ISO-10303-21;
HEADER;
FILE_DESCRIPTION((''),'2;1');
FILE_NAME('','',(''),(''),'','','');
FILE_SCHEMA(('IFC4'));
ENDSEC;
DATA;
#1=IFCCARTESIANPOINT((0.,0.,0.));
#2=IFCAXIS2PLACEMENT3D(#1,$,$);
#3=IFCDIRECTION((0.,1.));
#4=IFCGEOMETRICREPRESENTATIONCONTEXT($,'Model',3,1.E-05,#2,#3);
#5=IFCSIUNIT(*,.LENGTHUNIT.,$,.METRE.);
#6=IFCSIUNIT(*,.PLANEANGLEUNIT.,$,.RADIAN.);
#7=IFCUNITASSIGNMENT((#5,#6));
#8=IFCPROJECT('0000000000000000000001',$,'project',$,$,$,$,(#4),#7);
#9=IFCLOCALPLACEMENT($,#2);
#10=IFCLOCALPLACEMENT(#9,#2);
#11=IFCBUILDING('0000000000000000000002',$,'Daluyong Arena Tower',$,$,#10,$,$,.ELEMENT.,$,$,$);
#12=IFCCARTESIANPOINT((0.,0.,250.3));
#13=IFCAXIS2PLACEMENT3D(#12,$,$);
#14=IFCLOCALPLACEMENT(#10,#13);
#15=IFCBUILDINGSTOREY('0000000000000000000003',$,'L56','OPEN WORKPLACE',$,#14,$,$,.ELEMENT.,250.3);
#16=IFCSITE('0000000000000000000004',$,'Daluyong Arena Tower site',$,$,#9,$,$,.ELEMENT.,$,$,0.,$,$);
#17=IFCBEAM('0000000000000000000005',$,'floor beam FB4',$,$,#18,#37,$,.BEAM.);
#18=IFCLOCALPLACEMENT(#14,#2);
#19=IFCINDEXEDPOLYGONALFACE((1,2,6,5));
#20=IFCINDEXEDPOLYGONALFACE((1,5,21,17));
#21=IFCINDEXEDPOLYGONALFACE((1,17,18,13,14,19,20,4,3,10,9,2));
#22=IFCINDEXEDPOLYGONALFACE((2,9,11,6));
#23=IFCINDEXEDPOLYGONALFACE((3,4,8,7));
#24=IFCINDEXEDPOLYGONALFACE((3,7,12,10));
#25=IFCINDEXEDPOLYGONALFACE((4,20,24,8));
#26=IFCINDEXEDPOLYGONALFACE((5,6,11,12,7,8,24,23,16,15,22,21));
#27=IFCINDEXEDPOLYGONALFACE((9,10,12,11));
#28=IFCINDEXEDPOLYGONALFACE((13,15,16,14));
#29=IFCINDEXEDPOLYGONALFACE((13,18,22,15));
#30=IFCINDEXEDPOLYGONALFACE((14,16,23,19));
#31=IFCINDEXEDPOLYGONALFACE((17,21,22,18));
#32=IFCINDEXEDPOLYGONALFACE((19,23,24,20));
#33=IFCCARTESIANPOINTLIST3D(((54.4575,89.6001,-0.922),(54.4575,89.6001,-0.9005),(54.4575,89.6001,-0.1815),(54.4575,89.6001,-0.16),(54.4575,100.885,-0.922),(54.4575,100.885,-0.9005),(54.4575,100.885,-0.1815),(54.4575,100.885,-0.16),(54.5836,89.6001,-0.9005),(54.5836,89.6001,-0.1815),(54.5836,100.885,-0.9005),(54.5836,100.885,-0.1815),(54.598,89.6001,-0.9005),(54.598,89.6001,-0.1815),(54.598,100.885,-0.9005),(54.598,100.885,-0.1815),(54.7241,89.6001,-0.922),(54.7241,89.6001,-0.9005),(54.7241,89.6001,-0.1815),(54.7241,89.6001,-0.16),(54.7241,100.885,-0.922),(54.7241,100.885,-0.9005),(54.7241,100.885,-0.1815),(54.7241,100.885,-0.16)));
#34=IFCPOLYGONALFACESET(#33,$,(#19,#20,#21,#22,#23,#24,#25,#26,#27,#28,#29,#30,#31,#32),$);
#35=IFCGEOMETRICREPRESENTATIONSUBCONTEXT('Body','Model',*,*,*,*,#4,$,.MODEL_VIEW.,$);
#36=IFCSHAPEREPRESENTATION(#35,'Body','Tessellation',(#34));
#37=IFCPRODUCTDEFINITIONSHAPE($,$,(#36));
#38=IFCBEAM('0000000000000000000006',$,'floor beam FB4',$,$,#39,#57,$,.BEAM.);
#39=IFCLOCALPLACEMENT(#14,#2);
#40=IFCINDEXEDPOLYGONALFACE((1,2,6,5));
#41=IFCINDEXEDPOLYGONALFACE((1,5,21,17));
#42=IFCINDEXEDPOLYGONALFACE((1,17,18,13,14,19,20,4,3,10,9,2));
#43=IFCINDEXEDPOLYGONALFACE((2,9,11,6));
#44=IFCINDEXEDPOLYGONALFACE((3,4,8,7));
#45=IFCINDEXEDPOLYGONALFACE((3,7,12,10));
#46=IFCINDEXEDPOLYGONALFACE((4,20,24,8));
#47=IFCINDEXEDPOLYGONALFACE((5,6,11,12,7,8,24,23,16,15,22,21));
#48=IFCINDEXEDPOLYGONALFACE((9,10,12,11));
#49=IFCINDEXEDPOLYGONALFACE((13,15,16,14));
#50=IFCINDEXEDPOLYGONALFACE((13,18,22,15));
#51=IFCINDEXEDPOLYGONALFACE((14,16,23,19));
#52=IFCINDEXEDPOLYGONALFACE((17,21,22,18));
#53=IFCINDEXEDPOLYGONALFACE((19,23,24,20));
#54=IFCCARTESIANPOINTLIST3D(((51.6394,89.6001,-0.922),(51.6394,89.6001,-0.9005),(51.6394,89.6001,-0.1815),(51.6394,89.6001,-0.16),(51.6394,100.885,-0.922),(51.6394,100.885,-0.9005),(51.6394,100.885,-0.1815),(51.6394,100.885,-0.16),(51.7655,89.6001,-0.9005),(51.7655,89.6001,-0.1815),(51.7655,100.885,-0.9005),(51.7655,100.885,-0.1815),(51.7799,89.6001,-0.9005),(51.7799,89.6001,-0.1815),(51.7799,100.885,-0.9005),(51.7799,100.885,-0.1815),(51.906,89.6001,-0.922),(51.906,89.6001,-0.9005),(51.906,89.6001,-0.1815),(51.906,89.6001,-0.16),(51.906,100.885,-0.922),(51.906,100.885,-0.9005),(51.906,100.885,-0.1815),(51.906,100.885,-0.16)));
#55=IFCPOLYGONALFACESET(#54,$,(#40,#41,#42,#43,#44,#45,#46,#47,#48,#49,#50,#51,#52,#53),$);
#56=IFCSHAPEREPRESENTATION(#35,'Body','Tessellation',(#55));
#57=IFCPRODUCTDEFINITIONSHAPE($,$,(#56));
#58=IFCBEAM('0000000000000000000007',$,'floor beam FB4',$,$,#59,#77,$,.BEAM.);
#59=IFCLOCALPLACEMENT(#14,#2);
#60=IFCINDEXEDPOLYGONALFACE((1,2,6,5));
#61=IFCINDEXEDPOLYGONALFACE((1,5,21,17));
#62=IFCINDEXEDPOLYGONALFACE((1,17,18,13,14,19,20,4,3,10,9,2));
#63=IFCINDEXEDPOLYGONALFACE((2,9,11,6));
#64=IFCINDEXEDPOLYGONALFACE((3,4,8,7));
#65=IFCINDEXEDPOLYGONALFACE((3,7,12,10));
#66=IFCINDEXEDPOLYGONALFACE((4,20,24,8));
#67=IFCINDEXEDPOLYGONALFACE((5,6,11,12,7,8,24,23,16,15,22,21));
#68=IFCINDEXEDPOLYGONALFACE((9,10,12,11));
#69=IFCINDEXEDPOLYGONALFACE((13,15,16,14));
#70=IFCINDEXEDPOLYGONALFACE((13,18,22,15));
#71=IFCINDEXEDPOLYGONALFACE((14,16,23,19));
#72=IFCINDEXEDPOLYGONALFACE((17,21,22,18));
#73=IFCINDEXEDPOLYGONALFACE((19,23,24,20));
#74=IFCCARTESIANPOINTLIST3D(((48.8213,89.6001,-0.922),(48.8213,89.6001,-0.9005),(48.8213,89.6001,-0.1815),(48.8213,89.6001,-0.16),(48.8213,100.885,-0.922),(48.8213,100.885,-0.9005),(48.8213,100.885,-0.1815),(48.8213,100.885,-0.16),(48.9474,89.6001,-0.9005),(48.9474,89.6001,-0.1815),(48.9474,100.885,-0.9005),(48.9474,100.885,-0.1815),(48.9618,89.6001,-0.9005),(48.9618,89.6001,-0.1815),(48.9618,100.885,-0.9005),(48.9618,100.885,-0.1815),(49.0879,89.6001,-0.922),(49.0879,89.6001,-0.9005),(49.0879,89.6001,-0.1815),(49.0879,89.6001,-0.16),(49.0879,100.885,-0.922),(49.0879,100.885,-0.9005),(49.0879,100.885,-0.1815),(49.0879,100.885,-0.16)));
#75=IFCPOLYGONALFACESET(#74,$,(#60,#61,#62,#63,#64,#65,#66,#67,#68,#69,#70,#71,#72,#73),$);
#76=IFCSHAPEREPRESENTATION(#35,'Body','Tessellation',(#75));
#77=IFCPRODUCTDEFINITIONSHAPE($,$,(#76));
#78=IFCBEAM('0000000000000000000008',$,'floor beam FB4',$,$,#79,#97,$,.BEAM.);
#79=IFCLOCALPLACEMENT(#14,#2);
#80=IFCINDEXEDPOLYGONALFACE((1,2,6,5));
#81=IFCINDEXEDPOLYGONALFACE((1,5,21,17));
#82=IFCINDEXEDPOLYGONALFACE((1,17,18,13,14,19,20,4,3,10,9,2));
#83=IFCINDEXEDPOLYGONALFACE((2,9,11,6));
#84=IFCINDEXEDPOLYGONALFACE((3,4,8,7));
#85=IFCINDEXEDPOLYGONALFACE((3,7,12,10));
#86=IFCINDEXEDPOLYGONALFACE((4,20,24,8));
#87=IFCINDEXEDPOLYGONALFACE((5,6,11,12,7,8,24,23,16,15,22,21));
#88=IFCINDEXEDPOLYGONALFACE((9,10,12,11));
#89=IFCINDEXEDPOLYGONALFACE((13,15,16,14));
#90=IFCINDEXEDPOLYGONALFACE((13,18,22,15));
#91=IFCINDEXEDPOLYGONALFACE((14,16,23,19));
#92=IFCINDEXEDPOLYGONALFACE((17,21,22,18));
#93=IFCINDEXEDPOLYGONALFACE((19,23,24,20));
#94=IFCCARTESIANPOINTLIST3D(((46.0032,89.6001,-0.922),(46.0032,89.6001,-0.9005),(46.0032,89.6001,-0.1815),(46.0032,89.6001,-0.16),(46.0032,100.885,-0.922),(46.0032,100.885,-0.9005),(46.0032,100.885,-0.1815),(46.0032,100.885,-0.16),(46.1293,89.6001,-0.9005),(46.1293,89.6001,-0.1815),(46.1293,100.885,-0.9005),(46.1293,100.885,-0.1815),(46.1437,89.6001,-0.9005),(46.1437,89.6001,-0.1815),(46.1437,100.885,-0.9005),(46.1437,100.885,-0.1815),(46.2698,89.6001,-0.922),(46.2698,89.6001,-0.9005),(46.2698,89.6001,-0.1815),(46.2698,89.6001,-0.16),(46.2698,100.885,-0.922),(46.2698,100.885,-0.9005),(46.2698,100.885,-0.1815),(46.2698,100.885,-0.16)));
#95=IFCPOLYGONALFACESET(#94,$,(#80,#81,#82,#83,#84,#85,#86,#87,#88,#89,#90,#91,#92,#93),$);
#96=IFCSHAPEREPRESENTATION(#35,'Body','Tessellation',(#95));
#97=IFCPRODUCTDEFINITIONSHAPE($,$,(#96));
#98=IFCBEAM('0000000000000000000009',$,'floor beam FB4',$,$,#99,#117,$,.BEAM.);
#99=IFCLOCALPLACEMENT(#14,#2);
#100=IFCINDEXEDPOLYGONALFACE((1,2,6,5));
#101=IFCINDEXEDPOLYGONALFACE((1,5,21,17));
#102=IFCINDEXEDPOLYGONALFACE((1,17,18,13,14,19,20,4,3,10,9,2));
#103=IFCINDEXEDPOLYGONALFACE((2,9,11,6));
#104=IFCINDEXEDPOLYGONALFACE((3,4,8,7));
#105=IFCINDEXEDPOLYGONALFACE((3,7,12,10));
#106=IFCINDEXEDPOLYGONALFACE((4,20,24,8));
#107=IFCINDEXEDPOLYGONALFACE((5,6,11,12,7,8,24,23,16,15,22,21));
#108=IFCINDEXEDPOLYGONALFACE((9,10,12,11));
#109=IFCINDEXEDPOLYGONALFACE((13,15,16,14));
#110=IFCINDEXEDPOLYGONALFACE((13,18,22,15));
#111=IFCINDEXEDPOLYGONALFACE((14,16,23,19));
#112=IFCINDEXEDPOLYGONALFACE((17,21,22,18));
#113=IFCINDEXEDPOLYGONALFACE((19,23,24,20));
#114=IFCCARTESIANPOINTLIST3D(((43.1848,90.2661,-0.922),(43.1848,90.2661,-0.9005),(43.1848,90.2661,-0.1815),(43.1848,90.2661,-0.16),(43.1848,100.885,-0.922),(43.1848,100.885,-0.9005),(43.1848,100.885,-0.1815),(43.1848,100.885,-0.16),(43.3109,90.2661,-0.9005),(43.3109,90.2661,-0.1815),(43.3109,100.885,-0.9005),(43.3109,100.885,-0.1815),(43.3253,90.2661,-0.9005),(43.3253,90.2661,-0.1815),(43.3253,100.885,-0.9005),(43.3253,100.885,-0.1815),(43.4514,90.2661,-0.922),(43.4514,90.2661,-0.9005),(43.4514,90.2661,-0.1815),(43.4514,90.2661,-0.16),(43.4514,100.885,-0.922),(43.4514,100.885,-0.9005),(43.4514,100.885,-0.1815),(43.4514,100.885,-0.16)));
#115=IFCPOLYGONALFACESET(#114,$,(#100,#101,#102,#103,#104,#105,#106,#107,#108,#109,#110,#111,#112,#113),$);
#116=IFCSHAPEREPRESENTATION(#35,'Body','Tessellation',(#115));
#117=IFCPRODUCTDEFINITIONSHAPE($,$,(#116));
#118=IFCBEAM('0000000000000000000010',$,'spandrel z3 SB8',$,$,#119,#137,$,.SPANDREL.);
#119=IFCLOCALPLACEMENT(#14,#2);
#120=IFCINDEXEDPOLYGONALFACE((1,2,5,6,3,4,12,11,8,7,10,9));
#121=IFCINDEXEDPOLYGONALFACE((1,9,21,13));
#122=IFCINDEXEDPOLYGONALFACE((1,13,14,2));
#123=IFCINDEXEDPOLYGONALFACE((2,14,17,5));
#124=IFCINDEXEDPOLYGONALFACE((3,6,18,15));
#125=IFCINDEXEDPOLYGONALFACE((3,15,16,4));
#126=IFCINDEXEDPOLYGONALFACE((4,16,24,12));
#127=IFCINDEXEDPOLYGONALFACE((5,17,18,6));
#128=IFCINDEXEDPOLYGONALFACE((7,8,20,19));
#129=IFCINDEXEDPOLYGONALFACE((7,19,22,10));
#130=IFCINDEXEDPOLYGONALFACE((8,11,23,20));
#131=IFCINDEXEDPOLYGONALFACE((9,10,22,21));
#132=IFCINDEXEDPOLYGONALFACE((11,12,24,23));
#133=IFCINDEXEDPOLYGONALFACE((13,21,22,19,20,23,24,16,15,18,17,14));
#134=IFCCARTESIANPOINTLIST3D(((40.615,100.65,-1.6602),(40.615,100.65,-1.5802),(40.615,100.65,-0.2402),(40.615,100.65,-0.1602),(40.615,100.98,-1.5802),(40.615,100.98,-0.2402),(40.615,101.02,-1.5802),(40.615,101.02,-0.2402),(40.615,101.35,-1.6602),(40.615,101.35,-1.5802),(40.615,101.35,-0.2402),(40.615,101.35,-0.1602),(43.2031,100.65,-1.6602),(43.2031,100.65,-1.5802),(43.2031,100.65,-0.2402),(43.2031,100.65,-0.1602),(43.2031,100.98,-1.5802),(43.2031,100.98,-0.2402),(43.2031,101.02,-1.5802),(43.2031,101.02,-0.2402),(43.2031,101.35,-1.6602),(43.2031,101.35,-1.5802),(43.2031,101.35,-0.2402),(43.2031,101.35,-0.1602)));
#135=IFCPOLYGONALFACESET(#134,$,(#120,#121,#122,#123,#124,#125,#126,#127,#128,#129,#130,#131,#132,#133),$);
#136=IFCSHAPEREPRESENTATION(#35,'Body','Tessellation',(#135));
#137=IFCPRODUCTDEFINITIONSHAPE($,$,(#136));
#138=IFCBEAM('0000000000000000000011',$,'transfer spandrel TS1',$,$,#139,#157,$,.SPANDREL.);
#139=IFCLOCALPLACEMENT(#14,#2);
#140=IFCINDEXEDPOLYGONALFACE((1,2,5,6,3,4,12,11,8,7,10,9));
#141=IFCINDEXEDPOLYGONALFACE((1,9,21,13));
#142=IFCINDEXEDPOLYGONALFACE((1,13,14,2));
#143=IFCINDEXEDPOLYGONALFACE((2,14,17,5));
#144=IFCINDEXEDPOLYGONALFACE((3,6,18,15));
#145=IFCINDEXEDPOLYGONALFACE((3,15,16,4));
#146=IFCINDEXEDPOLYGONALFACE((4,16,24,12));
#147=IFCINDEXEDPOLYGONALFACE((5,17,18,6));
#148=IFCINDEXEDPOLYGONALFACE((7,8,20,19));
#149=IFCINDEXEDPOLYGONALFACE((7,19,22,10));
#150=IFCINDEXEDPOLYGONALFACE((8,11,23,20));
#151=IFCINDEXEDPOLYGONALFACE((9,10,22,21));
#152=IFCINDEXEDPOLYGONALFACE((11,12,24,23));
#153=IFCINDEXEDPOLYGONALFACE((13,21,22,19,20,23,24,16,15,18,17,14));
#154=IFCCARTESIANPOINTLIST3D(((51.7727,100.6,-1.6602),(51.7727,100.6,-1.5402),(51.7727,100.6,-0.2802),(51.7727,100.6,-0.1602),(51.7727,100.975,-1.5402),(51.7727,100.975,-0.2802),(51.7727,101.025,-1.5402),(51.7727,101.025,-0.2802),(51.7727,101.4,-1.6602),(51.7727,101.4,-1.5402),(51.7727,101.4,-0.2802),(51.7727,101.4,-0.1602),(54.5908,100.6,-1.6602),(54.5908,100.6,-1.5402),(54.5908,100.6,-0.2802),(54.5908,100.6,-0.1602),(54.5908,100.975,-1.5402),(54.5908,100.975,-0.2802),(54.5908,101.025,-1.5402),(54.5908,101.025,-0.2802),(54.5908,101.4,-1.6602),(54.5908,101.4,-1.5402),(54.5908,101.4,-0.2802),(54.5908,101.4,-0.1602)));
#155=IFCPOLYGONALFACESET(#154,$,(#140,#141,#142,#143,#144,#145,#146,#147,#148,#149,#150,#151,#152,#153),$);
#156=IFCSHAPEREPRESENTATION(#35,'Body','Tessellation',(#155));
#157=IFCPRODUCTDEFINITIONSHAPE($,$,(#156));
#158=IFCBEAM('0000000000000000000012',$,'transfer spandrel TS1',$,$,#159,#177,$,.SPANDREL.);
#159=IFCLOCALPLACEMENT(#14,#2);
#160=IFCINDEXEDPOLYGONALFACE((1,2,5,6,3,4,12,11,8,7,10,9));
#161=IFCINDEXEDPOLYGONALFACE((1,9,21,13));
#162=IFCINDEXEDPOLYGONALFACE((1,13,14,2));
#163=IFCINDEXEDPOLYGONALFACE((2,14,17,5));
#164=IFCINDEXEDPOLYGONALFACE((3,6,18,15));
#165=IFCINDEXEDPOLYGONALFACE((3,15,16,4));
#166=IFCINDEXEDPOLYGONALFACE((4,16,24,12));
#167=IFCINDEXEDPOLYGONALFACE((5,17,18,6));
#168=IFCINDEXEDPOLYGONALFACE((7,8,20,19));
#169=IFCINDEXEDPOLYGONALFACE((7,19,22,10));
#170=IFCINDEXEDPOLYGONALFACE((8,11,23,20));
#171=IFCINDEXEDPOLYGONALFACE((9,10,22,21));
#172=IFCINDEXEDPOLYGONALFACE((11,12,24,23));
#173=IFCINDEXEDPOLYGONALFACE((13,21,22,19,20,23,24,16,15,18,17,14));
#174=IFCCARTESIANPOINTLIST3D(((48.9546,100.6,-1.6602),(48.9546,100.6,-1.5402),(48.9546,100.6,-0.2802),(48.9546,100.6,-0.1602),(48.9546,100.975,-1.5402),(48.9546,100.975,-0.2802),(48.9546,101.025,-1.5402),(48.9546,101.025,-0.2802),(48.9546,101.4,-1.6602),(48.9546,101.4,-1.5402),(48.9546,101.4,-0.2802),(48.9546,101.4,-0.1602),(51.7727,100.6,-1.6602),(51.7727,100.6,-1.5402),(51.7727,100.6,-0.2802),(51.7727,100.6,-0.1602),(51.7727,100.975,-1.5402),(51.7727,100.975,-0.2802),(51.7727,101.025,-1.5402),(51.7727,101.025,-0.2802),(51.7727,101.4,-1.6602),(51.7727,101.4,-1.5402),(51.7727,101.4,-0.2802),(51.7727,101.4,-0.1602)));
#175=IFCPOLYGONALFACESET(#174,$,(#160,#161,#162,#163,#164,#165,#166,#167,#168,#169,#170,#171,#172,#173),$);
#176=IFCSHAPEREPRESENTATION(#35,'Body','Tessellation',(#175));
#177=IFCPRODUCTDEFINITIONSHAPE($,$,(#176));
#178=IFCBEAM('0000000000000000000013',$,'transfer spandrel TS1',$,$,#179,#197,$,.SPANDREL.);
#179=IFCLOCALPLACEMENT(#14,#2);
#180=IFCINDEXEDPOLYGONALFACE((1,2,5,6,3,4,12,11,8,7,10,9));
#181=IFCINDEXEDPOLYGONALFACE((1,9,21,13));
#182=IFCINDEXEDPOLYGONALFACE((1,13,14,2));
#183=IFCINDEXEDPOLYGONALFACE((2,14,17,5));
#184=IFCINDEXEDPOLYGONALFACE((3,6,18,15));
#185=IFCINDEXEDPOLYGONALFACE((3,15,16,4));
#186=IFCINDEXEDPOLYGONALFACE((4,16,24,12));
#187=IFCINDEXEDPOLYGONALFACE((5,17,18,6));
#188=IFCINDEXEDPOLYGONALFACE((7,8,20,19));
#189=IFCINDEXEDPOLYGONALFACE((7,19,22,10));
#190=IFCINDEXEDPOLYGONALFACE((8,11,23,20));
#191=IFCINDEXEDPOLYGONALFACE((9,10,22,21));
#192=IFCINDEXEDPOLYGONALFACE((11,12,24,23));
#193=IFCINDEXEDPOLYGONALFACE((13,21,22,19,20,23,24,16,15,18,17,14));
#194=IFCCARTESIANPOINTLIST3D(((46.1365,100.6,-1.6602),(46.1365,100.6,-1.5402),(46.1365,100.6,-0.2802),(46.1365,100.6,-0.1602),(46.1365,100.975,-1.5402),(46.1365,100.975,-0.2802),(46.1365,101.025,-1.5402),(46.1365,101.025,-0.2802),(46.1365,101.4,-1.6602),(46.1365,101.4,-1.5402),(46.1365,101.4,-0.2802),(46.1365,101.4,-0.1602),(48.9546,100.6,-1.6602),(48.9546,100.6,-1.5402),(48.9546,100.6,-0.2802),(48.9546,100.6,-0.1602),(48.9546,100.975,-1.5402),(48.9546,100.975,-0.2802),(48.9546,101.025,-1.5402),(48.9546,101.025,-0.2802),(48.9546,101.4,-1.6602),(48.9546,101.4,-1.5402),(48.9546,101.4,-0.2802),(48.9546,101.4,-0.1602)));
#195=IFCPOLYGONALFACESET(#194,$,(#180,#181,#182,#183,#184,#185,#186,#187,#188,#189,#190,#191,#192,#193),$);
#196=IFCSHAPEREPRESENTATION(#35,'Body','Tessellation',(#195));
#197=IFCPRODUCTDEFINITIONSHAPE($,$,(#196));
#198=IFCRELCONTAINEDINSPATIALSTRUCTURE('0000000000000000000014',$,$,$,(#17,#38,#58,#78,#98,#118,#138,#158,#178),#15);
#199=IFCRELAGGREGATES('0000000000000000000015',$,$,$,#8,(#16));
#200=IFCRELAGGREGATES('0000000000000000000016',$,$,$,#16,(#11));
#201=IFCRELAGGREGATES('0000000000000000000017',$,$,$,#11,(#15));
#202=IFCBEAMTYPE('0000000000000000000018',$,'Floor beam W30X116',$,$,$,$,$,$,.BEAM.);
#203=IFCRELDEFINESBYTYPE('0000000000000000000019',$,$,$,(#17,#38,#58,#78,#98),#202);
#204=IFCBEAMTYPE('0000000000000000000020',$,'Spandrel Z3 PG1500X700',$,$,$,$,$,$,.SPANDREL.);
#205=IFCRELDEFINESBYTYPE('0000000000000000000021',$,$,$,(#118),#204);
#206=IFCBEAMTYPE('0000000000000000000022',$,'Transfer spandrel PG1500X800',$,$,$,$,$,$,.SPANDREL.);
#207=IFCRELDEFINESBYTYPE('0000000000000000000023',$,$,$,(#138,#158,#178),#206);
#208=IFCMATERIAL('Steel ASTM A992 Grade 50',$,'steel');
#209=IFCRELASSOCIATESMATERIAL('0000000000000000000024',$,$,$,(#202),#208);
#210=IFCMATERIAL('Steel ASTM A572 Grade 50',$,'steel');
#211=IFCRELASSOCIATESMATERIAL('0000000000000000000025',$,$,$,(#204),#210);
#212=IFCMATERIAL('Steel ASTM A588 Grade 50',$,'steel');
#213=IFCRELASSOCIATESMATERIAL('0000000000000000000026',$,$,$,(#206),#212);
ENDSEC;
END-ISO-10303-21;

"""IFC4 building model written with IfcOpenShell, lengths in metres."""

from ifc_helpers import new_model, si_unit, direction, frame, origin, origin_2d, place, context, subcontext, project, spatial, i_section, extrude, material, material_profile, profile_set, type_object, element, save


model = new_model("IFC4")

# Units and contexts
model_context = context("Model", 3, precision=1e-05, world=origin(), true_north=direction((0.0, 1.0)))
body_context = subcontext(model_context, "Body", "Model", "MODEL_VIEW")
ifc_project = project(units=[si_unit("LENGTHUNIT", "METRE"), si_unit("PLANEANGLEUNIT", "RADIAN")], contexts=[model_context])

# Site, building, storey
site_placement = place(None, origin())
site = spatial("IfcSite", under=ifc_project, at=site_placement, Name="Daluyong Arena Tower site", CompositionType="ELEMENT", RefElevation=0.0)
building_placement = place(site_placement, origin())
building = spatial("IfcBuilding", under=site, at=building_placement, Name="Daluyong Arena Tower", CompositionType="ELEMENT")
storey_placement = place(building_placement, frame((0.0, 0.0, 250.3)))
storey = spatial("IfcBuildingStorey", under=building, at=storey_placement, Name="L56", Description="OPEN WORKPLACE", CompositionType="ELEMENT", Elevation=250.3)

# Beams
ifc_material_1 = material(Name="Steel ASTM A992 Grade 50", Category="steel")
ifc_material_profile_1 = material_profile(ifc_material_1, i_section(OverallWidth=0.2666, OverallDepth=0.762, WebThickness=0.0144, FlangeThickness=0.0215, at=origin_2d()))
ifc_profile_set_1 = profile_set([ifc_material_profile_1], Name="Steel ASTM A992 Grade 50")
beam_type_1 = type_object("IfcBeamType", Name="Floor beam W30X116", PredefinedType="BEAM", material=ifc_profile_set_1)
for number, where, z_axis, x_axis, name in (
    (1, (54.5908, 100.885, -0.541), (0.0, -1.0, 0.0), (1.0, 0.0, 0.0), "floor beam FB4"),
    (2, (51.7727, 100.885, -0.541), (0.0, -1.0, 0.0), (1.0, 0.0, 0.0), "floor beam FB4"),
    (3, (48.9546, 100.885, -0.541), (0.0, -1.0, 0.0), (1.0, 0.0, 0.0), "floor beam FB4"),
    (4, (46.1365, 100.885, -0.541), (0.0, -1.0, 0.0), (1.0, 0.0, 0.0), "floor beam FB4"),
):
    element("IfcBeam", number, at=place(storey_placement, frame(where, z_axis=z_axis, x_axis=x_axis)), inside=storey, type_object=beam_type_1, Name=name, PredefinedType="BEAM", context=body_context, shape_type="SweptSolid", body=[
        extrude(i_section(OverallWidth=0.2666, OverallDepth=0.762, WebThickness=0.0144, FlangeThickness=0.0215, at=origin_2d()), origin(), (0.0, 0.0, 1.0), 11.2849),
    ])
beam_1_placement = place(storey_placement, frame((43.3181, 100.885, -0.541), z_axis=(0.0, -1.0, 0.0), x_axis=(1.0, 0.0, 0.0)))
element("IfcBeam", 5, at=beam_1_placement, inside=storey, type_object=beam_type_1, Name="floor beam FB4", PredefinedType="BEAM", context=body_context, shape_type="SweptSolid", body=[
    extrude(i_section(OverallWidth=0.2666, OverallDepth=0.762, WebThickness=0.0144, FlangeThickness=0.0215, at=origin_2d()), origin(), (0.0, 0.0, 1.0), 10.6189),
])
ifc_material_2 = material(Name="Steel ASTM A572 Grade 50", Category="steel")
ifc_material_profile_2 = material_profile(ifc_material_2, i_section(OverallWidth=0.7, OverallDepth=1.5, WebThickness=0.04, FlangeThickness=0.08, at=origin_2d()))
ifc_profile_set_2 = profile_set([ifc_material_profile_2], Name="Steel ASTM A572 Grade 50")
beam_type_2 = type_object("IfcBeamType", Name="Spandrel Z3 PG1500X700", PredefinedType="SPANDREL", material=ifc_profile_set_2)
beam_2_placement = place(storey_placement, frame((43.2031, 101.0, -0.9102), z_axis=(-1.0, 0.0, 0.0), x_axis=(0.0, -1.0, 0.0)))
element("IfcBeam", 6, at=beam_2_placement, inside=storey, type_object=beam_type_2, Name="spandrel z3 SB8", PredefinedType="SPANDREL", context=body_context, shape_type="SweptSolid", body=[
    extrude(i_section(OverallWidth=0.7, OverallDepth=1.5, WebThickness=0.04, FlangeThickness=0.08, at=origin_2d()), origin(), (0.0, 0.0, 1.0), 2.5881),
])
ifc_material_3 = material(Name="Steel ASTM A588 Grade 50", Category="steel")
ifc_material_profile_3 = material_profile(ifc_material_3, i_section(OverallWidth=0.8, OverallDepth=1.5, WebThickness=0.05, FlangeThickness=0.12, at=origin_2d()))
ifc_profile_set_3 = profile_set([ifc_material_profile_3], Name="Steel ASTM A588 Grade 50")
beam_type_3 = type_object("IfcBeamType", Name="Transfer spandrel PG1500X800", PredefinedType="SPANDREL", material=ifc_profile_set_3)
for number, where, z_axis, x_axis, name in (
    (7, (54.5908, 101.0, -0.9102), (-1.0, 0.0, 0.0), (0.0, -1.0, 0.0), "transfer spandrel TS1"),
    (8, (51.7727, 101.0, -0.9102), (-1.0, 0.0, 0.0), (0.0, -1.0, 0.0), "transfer spandrel TS1"),
    (9, (48.9546, 101.0, -0.9102), (-1.0, 0.0, 0.0), (0.0, -1.0, 0.0), "transfer spandrel TS1"),
):
    element("IfcBeam", number, at=place(storey_placement, frame(where, z_axis=z_axis, x_axis=x_axis)), inside=storey, type_object=beam_type_3, Name=name, PredefinedType="SPANDREL", context=body_context, shape_type="SweptSolid", body=[
        extrude(i_section(OverallWidth=0.8, OverallDepth=1.5, WebThickness=0.05, FlangeThickness=0.12, at=origin_2d()), origin(), (0.0, 0.0, 1.0), 2.8181),
    ])

save(model, "model.ifc")
